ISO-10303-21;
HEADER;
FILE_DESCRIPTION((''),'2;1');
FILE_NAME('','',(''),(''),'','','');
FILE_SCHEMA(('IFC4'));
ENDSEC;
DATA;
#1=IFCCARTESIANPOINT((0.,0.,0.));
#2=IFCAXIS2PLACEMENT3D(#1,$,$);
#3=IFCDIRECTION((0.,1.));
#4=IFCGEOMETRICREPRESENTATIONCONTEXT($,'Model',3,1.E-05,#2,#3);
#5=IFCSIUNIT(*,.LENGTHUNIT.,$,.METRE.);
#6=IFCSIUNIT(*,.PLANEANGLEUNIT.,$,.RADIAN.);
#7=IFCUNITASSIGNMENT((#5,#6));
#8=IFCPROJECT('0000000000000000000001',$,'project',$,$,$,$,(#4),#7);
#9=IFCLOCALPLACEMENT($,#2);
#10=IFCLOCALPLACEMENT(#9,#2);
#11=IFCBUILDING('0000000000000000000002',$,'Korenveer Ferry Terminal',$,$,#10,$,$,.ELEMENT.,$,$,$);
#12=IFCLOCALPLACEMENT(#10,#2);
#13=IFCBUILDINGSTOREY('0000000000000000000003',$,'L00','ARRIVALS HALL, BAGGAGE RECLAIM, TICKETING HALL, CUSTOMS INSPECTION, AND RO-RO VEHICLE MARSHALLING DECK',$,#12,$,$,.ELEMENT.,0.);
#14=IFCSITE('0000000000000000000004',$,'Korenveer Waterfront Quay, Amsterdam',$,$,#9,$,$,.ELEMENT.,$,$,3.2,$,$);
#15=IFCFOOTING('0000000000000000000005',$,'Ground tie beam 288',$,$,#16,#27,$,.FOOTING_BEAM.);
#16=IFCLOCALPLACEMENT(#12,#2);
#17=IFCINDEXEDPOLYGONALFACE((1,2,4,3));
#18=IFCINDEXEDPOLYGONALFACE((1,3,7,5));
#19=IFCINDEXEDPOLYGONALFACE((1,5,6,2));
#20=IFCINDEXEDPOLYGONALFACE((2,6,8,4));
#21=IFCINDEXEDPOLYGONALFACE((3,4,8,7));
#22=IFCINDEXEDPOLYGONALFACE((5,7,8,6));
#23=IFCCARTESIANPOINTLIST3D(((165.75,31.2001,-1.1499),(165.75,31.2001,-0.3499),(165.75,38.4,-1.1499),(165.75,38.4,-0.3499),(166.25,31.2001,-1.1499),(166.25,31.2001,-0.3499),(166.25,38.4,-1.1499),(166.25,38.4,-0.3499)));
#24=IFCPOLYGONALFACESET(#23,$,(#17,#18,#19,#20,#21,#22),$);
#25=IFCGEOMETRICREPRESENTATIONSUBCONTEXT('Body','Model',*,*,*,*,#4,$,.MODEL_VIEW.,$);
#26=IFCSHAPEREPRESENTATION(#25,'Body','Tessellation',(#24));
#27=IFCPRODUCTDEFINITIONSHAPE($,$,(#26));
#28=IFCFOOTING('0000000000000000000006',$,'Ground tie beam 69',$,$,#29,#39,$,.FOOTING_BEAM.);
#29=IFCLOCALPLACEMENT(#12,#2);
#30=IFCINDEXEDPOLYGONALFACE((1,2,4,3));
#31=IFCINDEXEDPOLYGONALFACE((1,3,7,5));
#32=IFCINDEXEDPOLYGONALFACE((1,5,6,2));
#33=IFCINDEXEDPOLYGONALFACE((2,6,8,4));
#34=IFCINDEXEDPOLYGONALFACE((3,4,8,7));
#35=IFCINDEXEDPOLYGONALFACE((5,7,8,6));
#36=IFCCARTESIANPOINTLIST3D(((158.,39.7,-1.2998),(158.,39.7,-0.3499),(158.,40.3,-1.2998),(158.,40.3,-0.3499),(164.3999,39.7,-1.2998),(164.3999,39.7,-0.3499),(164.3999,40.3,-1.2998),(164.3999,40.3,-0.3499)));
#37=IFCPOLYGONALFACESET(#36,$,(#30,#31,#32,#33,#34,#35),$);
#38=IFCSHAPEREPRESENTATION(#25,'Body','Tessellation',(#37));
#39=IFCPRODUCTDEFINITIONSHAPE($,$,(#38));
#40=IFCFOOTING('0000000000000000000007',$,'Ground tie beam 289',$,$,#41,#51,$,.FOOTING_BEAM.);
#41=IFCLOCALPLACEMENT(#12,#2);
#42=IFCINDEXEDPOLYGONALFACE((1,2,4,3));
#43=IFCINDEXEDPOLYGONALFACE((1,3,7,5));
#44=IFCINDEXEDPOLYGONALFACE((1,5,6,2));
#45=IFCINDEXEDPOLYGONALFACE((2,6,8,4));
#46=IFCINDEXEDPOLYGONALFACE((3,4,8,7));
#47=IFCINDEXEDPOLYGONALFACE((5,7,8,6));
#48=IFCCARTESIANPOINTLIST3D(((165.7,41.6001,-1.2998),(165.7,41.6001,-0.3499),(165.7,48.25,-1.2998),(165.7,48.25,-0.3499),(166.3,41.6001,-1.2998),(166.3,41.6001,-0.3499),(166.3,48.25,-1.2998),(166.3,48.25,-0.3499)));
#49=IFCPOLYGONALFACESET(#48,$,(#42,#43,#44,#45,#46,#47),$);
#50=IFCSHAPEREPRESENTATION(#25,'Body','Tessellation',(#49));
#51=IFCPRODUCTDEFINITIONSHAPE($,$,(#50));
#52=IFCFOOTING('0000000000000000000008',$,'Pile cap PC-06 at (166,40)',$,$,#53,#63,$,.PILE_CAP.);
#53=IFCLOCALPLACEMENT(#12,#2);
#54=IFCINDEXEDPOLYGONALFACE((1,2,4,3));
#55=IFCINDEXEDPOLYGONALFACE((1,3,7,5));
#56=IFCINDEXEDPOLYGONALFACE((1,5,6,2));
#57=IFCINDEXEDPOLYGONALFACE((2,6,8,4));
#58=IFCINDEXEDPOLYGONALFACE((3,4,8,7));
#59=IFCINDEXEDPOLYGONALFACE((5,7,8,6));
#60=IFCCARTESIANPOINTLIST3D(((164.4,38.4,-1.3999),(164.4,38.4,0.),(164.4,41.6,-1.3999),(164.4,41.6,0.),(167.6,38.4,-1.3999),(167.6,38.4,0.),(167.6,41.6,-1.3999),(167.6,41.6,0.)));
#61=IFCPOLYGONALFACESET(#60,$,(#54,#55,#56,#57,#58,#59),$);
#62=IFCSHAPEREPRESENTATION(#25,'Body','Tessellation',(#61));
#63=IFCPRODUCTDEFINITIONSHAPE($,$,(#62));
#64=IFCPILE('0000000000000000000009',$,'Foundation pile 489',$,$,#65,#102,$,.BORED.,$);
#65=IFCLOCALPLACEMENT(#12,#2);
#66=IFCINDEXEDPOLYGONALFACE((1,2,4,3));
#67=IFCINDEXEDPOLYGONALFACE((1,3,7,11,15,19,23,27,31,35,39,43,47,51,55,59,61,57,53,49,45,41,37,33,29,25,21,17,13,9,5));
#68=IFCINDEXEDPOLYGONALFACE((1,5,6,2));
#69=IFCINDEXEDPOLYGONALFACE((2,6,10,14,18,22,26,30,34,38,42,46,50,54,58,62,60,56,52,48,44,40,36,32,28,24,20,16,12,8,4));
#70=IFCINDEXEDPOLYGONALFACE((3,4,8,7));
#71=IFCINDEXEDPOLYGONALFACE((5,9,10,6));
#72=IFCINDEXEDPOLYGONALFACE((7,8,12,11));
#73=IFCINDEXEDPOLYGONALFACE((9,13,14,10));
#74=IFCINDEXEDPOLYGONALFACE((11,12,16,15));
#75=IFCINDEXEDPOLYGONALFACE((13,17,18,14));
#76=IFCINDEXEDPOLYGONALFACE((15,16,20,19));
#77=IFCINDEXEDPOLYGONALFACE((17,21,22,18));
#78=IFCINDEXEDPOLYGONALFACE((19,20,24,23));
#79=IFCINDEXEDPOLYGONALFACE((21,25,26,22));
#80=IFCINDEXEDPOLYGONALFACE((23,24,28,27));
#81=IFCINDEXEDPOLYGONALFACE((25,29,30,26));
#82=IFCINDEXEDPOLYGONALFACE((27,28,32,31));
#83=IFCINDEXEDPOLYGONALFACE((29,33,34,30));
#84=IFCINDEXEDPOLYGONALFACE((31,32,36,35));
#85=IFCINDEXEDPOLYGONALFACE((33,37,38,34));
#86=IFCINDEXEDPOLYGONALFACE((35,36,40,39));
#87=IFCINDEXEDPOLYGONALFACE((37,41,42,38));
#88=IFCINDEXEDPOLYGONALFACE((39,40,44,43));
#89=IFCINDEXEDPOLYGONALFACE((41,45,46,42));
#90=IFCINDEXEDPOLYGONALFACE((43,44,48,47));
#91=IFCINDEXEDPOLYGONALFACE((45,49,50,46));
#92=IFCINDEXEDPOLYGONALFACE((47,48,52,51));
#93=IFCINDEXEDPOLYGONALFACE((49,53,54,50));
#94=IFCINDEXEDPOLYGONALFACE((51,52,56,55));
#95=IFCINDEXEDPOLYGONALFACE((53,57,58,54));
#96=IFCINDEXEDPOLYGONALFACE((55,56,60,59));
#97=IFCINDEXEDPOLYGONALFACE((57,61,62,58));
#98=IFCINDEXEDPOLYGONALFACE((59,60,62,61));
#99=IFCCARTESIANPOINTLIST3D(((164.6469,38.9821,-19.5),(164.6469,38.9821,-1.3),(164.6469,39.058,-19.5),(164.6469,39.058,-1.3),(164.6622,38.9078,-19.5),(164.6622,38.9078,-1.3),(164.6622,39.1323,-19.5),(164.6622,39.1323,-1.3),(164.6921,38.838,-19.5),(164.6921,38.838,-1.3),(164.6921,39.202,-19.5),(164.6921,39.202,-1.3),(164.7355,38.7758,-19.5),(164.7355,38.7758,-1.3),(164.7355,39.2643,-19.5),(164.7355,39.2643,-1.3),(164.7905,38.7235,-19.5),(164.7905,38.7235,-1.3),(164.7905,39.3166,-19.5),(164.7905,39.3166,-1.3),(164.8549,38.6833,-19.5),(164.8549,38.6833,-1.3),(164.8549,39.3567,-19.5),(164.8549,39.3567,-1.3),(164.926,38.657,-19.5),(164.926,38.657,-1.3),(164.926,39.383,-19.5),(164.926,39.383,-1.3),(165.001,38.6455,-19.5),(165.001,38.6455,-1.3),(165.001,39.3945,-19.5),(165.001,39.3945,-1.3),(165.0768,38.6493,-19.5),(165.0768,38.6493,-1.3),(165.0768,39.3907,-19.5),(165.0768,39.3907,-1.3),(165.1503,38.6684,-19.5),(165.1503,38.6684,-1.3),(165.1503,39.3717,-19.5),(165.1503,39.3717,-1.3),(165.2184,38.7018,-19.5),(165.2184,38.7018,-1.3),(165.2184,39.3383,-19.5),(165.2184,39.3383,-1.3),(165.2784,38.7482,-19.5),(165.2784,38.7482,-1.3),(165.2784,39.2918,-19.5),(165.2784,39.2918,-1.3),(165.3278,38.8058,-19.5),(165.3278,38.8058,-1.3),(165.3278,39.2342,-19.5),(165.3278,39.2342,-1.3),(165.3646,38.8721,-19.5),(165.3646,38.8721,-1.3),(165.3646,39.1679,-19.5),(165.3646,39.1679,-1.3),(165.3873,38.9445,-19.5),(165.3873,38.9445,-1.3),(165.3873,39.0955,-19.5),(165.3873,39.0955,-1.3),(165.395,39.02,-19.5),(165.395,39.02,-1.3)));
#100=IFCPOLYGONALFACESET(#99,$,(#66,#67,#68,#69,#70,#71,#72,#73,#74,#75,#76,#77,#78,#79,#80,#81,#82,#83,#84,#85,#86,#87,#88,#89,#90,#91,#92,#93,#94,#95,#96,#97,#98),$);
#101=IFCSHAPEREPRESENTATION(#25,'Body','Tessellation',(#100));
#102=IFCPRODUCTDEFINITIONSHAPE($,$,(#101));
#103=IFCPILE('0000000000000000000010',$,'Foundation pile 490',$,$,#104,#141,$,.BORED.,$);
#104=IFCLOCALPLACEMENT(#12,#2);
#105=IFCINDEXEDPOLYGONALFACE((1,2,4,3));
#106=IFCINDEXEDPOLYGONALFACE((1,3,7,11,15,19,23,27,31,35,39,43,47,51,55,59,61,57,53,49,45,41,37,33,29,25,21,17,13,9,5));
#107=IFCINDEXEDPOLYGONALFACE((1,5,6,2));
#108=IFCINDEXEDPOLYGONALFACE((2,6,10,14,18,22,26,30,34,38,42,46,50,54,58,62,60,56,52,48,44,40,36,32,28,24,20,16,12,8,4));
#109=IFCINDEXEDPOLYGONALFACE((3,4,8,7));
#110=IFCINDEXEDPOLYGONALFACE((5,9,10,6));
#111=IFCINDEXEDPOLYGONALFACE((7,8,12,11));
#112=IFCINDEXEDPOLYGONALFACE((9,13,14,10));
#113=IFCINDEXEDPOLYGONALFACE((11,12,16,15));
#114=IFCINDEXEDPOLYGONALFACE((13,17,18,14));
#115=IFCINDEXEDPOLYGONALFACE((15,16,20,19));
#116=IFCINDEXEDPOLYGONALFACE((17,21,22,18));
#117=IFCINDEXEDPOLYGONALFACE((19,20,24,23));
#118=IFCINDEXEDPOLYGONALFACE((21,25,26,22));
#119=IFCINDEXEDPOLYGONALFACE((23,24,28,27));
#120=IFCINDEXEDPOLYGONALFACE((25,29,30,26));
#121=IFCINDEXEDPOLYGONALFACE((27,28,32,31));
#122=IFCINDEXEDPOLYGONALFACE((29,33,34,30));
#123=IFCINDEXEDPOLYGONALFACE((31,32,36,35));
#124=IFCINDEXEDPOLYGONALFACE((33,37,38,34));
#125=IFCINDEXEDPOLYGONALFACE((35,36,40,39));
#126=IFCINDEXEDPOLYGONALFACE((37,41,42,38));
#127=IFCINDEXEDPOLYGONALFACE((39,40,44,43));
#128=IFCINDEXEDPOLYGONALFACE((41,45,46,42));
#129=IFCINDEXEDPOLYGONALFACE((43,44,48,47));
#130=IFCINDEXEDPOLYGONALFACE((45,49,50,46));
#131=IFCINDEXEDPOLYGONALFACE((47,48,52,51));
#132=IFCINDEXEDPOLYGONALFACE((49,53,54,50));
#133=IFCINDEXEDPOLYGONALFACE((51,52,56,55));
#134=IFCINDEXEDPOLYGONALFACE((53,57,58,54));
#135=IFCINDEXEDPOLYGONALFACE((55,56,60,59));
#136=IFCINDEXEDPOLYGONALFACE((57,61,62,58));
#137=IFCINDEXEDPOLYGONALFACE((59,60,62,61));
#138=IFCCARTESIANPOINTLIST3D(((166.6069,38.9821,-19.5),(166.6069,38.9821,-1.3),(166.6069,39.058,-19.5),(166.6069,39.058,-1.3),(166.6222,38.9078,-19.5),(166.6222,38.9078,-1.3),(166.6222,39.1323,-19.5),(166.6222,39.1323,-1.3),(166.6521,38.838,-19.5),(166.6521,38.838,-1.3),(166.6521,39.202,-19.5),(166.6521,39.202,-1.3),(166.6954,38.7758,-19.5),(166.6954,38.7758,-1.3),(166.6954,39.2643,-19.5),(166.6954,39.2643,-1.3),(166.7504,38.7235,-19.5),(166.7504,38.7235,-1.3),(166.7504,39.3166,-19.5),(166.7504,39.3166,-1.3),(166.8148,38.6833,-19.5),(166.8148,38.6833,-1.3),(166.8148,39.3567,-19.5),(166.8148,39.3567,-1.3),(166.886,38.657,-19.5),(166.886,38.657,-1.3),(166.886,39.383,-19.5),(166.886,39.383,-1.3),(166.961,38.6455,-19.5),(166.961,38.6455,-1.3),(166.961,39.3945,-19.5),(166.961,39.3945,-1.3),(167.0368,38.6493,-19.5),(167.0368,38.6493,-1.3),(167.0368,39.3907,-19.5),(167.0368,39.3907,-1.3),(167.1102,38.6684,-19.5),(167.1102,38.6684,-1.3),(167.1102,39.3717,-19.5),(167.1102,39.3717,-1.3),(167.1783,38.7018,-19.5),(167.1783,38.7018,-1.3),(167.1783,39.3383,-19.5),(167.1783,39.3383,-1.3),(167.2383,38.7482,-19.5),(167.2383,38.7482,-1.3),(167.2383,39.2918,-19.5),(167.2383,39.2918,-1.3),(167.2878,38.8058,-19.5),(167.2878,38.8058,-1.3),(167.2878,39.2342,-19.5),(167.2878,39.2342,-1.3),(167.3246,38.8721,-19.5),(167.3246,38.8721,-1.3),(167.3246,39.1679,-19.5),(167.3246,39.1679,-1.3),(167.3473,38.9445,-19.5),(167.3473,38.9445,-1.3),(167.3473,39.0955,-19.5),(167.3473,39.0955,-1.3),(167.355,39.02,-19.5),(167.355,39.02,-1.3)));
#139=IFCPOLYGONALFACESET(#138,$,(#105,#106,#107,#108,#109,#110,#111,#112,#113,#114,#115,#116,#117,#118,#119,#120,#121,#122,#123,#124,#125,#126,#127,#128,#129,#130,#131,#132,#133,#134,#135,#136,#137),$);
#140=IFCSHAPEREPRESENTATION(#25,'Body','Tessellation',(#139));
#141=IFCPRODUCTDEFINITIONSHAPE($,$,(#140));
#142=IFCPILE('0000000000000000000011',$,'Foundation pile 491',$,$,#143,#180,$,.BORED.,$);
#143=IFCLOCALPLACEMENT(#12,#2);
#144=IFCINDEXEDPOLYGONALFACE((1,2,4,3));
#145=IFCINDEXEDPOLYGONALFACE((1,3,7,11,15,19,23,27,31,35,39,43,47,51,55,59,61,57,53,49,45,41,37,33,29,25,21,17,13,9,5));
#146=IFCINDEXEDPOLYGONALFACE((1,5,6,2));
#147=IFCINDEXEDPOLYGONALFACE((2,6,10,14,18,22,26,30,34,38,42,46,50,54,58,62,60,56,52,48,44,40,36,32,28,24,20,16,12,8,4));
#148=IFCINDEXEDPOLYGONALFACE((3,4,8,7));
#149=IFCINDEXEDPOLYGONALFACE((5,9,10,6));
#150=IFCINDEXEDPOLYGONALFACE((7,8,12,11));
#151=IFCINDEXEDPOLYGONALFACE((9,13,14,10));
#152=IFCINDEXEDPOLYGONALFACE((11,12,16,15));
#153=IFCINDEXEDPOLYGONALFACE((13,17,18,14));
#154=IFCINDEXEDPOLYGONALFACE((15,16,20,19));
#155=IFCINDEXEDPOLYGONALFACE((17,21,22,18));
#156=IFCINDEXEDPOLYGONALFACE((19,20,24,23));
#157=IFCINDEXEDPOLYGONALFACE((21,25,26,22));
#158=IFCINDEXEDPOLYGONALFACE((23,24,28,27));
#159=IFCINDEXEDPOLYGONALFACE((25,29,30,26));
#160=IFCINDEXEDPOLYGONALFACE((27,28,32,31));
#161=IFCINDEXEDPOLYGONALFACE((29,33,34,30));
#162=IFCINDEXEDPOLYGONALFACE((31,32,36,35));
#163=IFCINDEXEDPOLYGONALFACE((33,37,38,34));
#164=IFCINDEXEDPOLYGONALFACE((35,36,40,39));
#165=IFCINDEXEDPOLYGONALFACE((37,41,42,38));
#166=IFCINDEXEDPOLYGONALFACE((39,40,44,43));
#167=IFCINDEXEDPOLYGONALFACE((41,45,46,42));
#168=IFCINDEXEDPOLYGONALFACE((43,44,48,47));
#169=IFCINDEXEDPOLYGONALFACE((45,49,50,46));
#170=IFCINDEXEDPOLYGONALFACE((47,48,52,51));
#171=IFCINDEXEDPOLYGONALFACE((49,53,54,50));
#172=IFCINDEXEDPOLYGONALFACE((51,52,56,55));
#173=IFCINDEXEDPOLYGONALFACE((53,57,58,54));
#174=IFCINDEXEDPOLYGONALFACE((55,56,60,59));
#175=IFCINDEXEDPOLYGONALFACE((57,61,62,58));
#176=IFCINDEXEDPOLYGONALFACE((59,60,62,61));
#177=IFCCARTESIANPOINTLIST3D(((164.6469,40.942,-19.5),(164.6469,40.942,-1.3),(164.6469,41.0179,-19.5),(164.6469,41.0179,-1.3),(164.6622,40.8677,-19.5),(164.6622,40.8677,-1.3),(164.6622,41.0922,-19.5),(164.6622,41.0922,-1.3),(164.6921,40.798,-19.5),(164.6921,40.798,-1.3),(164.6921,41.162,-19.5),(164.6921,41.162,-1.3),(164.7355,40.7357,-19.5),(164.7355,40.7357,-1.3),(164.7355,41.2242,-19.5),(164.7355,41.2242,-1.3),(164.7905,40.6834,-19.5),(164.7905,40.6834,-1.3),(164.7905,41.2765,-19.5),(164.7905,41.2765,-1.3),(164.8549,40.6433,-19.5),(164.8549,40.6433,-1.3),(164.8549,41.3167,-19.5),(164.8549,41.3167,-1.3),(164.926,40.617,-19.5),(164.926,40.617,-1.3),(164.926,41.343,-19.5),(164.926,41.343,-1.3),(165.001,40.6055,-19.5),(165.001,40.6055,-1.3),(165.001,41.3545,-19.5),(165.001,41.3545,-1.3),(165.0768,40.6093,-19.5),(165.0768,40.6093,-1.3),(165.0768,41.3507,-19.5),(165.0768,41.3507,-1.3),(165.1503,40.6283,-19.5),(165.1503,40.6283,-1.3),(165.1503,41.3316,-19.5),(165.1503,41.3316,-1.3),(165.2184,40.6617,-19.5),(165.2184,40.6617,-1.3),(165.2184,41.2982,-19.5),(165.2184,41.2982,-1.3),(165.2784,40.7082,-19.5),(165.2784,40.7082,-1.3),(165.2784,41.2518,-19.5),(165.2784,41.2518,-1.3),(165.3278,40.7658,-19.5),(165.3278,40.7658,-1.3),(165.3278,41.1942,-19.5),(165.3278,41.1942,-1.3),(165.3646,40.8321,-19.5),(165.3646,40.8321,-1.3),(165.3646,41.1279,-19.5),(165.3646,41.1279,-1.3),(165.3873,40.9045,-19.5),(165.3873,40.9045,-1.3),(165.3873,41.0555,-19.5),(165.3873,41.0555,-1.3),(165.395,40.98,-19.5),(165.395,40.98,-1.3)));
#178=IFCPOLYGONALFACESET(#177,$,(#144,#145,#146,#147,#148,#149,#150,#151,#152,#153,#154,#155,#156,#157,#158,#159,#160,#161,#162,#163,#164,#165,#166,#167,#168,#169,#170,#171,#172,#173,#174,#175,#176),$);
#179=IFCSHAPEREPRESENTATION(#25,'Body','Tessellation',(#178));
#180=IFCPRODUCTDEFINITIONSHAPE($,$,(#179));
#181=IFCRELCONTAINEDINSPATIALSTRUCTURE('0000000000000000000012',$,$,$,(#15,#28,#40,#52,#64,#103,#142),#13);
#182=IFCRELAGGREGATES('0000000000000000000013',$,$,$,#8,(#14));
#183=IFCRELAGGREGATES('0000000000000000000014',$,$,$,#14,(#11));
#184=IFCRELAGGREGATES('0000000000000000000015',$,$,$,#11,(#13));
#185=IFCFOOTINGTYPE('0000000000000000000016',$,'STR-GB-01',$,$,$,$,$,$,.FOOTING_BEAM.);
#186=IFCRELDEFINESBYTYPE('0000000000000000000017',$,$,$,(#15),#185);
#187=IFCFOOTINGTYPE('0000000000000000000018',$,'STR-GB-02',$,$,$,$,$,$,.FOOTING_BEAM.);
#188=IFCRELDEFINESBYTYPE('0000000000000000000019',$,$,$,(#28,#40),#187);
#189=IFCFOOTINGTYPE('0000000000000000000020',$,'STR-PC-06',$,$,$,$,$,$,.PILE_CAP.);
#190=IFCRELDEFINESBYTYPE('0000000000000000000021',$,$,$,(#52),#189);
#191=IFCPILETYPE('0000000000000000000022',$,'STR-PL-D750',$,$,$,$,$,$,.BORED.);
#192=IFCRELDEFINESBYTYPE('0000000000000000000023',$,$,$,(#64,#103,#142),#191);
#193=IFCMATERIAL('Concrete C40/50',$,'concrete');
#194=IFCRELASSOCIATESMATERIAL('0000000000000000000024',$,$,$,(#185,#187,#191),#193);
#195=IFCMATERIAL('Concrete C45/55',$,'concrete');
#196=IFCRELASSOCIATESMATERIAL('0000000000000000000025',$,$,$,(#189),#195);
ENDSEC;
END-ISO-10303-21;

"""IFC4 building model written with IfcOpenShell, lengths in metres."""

from ifc_helpers import new_model, si_unit, direction, frame, origin, origin_2d, place, context, subcontext, project, spatial, rectangle, circle, extrude, material, material_profile, profile_set, type_object, element, save


model = new_model("IFC4")

# Units and contexts
model_context = context("Model", 3, precision=1e-05, world=origin(), true_north=direction((0.0, 1.0)))
body_context = subcontext(model_context, "Body", "Model", "MODEL_VIEW")
ifc_project = project(units=[si_unit("LENGTHUNIT", "METRE"), si_unit("PLANEANGLEUNIT", "RADIAN")], contexts=[model_context])

# Site, building, storey
site_placement = place(None, origin())
site = spatial("IfcSite", under=ifc_project, at=site_placement, Name="Korenveer Waterfront Quay, Amsterdam", CompositionType="ELEMENT", RefElevation=3.2)
building_placement = place(site_placement, origin())
building = spatial("IfcBuilding", under=site, at=building_placement, Name="Korenveer Ferry Terminal", CompositionType="ELEMENT")
storey_placement = place(building_placement, origin())
storey = spatial("IfcBuildingStorey", under=building, at=storey_placement, Name="L00", Description="ARRIVALS HALL, BAGGAGE RECLAIM, TICKETING HALL, CUSTOMS INSPECTION, AND RO-RO VEHICLE MARSHALLING DECK", CompositionType="ELEMENT", Elevation=0.0)

# Footings
ifc_material_1 = material(Name="Concrete C40/50", Category="concrete")
footing_type_1 = type_object("IfcFootingType", Name="STR-GB-01", PredefinedType="FOOTING_BEAM", material=ifc_material_1)
footing_1_placement = place(storey_placement, frame((166.0, 34.8, -1.1499), z_axis=(0.0, 0.0, 1.0), x_axis=(1.0, 0.0, 0.0)))
element("IfcFooting", 1, at=footing_1_placement, inside=storey, type_object=footing_type_1, Name="Ground tie beam 288", PredefinedType="FOOTING_BEAM", context=body_context, shape_type="SweptSolid", body=[
    extrude(rectangle(XDim=0.5, YDim=7.2, at=origin_2d()), origin(), (0.0, 0.0, 1.0), 0.8),
])
footing_type_2 = type_object("IfcFootingType", Name="STR-GB-02", PredefinedType="FOOTING_BEAM", material=ifc_material_1)
footing_2_placement = place(storey_placement, frame((161.2, 40.0, -1.2998), z_axis=(0.0, 0.0, 1.0), x_axis=(1.0, 0.0, 0.0)))
element("IfcFooting", 2, at=footing_2_placement, inside=storey, type_object=footing_type_2, Name="Ground tie beam 69", PredefinedType="FOOTING_BEAM", context=body_context, shape_type="SweptSolid", body=[
    extrude(rectangle(XDim=6.3999, YDim=0.6001, at=origin_2d()), origin(), (0.0, 0.0, 1.0), 0.95),
])
footing_3_placement = place(storey_placement, frame((166.0, 44.925, -1.2998), z_axis=(0.0, 0.0, 1.0), x_axis=(1.0, 0.0, 0.0)))
element("IfcFooting", 3, at=footing_3_placement, inside=storey, type_object=footing_type_2, Name="Ground tie beam 289", PredefinedType="FOOTING_BEAM", context=body_context, shape_type="SweptSolid", body=[
    extrude(rectangle(XDim=0.6001, YDim=6.6499, at=origin_2d()), origin(), (0.0, 0.0, 1.0), 0.95),
])
ifc_material_2 = material(Name="Concrete C45/55", Category="concrete")
footing_type_3 = type_object("IfcFootingType", Name="STR-PC-06", PredefinedType="PILE_CAP", material=ifc_material_2)
footing_4_placement = place(storey_placement, frame((166.0, 40.0, -1.3999), z_axis=(0.0, 0.0, 1.0), x_axis=(1.0, 0.0, 0.0)))
element("IfcFooting", 4, at=footing_4_placement, inside=storey, type_object=footing_type_3, Name="Pile cap PC-06 at (166,40)", PredefinedType="PILE_CAP", context=body_context, shape_type="SweptSolid", body=[
    extrude(rectangle(XDim=3.2, YDim=3.2, at=origin_2d()), origin(), (0.0, 0.0, 1.0), 1.3999),
])

# Piles
ifc_material_profile_1 = material_profile(ifc_material_1, circle(Radius=0.375, at=origin_2d()), Name="PILE D750")
ifc_profile_set_1 = profile_set([ifc_material_profile_1], Name="Concrete C40/50")
pile_type = type_object("IfcPileType", Name="STR-PL-D750", PredefinedType="BORED", material=ifc_profile_set_1)
for number, where, z_axis, x_axis, name in (
    (5, (165.02, 39.02, -1.3), (0.0, 0.0, -1.0), (1.0, 0.0, 0.0), "Foundation pile 489"),
    (6, (166.98, 39.02, -1.3), (0.0, 0.0, -1.0), (1.0, 0.0, 0.0), "Foundation pile 490"),
    (7, (165.02, 40.98, -1.3), (0.0, 0.0, -1.0), (1.0, 0.0, 0.0), "Foundation pile 491"),
):
    element("IfcPile", number, at=place(storey_placement, frame(where, z_axis=z_axis, x_axis=x_axis)), inside=storey, type_object=pile_type, Name=name, PredefinedType="BORED", context=body_context, shape_type="SweptSolid", body=[
        extrude(circle(Radius=0.375, at=origin_2d()), origin(), (0.0, 0.0, 1.0), 18.2),
    ])

save(model, "model.ifc")
